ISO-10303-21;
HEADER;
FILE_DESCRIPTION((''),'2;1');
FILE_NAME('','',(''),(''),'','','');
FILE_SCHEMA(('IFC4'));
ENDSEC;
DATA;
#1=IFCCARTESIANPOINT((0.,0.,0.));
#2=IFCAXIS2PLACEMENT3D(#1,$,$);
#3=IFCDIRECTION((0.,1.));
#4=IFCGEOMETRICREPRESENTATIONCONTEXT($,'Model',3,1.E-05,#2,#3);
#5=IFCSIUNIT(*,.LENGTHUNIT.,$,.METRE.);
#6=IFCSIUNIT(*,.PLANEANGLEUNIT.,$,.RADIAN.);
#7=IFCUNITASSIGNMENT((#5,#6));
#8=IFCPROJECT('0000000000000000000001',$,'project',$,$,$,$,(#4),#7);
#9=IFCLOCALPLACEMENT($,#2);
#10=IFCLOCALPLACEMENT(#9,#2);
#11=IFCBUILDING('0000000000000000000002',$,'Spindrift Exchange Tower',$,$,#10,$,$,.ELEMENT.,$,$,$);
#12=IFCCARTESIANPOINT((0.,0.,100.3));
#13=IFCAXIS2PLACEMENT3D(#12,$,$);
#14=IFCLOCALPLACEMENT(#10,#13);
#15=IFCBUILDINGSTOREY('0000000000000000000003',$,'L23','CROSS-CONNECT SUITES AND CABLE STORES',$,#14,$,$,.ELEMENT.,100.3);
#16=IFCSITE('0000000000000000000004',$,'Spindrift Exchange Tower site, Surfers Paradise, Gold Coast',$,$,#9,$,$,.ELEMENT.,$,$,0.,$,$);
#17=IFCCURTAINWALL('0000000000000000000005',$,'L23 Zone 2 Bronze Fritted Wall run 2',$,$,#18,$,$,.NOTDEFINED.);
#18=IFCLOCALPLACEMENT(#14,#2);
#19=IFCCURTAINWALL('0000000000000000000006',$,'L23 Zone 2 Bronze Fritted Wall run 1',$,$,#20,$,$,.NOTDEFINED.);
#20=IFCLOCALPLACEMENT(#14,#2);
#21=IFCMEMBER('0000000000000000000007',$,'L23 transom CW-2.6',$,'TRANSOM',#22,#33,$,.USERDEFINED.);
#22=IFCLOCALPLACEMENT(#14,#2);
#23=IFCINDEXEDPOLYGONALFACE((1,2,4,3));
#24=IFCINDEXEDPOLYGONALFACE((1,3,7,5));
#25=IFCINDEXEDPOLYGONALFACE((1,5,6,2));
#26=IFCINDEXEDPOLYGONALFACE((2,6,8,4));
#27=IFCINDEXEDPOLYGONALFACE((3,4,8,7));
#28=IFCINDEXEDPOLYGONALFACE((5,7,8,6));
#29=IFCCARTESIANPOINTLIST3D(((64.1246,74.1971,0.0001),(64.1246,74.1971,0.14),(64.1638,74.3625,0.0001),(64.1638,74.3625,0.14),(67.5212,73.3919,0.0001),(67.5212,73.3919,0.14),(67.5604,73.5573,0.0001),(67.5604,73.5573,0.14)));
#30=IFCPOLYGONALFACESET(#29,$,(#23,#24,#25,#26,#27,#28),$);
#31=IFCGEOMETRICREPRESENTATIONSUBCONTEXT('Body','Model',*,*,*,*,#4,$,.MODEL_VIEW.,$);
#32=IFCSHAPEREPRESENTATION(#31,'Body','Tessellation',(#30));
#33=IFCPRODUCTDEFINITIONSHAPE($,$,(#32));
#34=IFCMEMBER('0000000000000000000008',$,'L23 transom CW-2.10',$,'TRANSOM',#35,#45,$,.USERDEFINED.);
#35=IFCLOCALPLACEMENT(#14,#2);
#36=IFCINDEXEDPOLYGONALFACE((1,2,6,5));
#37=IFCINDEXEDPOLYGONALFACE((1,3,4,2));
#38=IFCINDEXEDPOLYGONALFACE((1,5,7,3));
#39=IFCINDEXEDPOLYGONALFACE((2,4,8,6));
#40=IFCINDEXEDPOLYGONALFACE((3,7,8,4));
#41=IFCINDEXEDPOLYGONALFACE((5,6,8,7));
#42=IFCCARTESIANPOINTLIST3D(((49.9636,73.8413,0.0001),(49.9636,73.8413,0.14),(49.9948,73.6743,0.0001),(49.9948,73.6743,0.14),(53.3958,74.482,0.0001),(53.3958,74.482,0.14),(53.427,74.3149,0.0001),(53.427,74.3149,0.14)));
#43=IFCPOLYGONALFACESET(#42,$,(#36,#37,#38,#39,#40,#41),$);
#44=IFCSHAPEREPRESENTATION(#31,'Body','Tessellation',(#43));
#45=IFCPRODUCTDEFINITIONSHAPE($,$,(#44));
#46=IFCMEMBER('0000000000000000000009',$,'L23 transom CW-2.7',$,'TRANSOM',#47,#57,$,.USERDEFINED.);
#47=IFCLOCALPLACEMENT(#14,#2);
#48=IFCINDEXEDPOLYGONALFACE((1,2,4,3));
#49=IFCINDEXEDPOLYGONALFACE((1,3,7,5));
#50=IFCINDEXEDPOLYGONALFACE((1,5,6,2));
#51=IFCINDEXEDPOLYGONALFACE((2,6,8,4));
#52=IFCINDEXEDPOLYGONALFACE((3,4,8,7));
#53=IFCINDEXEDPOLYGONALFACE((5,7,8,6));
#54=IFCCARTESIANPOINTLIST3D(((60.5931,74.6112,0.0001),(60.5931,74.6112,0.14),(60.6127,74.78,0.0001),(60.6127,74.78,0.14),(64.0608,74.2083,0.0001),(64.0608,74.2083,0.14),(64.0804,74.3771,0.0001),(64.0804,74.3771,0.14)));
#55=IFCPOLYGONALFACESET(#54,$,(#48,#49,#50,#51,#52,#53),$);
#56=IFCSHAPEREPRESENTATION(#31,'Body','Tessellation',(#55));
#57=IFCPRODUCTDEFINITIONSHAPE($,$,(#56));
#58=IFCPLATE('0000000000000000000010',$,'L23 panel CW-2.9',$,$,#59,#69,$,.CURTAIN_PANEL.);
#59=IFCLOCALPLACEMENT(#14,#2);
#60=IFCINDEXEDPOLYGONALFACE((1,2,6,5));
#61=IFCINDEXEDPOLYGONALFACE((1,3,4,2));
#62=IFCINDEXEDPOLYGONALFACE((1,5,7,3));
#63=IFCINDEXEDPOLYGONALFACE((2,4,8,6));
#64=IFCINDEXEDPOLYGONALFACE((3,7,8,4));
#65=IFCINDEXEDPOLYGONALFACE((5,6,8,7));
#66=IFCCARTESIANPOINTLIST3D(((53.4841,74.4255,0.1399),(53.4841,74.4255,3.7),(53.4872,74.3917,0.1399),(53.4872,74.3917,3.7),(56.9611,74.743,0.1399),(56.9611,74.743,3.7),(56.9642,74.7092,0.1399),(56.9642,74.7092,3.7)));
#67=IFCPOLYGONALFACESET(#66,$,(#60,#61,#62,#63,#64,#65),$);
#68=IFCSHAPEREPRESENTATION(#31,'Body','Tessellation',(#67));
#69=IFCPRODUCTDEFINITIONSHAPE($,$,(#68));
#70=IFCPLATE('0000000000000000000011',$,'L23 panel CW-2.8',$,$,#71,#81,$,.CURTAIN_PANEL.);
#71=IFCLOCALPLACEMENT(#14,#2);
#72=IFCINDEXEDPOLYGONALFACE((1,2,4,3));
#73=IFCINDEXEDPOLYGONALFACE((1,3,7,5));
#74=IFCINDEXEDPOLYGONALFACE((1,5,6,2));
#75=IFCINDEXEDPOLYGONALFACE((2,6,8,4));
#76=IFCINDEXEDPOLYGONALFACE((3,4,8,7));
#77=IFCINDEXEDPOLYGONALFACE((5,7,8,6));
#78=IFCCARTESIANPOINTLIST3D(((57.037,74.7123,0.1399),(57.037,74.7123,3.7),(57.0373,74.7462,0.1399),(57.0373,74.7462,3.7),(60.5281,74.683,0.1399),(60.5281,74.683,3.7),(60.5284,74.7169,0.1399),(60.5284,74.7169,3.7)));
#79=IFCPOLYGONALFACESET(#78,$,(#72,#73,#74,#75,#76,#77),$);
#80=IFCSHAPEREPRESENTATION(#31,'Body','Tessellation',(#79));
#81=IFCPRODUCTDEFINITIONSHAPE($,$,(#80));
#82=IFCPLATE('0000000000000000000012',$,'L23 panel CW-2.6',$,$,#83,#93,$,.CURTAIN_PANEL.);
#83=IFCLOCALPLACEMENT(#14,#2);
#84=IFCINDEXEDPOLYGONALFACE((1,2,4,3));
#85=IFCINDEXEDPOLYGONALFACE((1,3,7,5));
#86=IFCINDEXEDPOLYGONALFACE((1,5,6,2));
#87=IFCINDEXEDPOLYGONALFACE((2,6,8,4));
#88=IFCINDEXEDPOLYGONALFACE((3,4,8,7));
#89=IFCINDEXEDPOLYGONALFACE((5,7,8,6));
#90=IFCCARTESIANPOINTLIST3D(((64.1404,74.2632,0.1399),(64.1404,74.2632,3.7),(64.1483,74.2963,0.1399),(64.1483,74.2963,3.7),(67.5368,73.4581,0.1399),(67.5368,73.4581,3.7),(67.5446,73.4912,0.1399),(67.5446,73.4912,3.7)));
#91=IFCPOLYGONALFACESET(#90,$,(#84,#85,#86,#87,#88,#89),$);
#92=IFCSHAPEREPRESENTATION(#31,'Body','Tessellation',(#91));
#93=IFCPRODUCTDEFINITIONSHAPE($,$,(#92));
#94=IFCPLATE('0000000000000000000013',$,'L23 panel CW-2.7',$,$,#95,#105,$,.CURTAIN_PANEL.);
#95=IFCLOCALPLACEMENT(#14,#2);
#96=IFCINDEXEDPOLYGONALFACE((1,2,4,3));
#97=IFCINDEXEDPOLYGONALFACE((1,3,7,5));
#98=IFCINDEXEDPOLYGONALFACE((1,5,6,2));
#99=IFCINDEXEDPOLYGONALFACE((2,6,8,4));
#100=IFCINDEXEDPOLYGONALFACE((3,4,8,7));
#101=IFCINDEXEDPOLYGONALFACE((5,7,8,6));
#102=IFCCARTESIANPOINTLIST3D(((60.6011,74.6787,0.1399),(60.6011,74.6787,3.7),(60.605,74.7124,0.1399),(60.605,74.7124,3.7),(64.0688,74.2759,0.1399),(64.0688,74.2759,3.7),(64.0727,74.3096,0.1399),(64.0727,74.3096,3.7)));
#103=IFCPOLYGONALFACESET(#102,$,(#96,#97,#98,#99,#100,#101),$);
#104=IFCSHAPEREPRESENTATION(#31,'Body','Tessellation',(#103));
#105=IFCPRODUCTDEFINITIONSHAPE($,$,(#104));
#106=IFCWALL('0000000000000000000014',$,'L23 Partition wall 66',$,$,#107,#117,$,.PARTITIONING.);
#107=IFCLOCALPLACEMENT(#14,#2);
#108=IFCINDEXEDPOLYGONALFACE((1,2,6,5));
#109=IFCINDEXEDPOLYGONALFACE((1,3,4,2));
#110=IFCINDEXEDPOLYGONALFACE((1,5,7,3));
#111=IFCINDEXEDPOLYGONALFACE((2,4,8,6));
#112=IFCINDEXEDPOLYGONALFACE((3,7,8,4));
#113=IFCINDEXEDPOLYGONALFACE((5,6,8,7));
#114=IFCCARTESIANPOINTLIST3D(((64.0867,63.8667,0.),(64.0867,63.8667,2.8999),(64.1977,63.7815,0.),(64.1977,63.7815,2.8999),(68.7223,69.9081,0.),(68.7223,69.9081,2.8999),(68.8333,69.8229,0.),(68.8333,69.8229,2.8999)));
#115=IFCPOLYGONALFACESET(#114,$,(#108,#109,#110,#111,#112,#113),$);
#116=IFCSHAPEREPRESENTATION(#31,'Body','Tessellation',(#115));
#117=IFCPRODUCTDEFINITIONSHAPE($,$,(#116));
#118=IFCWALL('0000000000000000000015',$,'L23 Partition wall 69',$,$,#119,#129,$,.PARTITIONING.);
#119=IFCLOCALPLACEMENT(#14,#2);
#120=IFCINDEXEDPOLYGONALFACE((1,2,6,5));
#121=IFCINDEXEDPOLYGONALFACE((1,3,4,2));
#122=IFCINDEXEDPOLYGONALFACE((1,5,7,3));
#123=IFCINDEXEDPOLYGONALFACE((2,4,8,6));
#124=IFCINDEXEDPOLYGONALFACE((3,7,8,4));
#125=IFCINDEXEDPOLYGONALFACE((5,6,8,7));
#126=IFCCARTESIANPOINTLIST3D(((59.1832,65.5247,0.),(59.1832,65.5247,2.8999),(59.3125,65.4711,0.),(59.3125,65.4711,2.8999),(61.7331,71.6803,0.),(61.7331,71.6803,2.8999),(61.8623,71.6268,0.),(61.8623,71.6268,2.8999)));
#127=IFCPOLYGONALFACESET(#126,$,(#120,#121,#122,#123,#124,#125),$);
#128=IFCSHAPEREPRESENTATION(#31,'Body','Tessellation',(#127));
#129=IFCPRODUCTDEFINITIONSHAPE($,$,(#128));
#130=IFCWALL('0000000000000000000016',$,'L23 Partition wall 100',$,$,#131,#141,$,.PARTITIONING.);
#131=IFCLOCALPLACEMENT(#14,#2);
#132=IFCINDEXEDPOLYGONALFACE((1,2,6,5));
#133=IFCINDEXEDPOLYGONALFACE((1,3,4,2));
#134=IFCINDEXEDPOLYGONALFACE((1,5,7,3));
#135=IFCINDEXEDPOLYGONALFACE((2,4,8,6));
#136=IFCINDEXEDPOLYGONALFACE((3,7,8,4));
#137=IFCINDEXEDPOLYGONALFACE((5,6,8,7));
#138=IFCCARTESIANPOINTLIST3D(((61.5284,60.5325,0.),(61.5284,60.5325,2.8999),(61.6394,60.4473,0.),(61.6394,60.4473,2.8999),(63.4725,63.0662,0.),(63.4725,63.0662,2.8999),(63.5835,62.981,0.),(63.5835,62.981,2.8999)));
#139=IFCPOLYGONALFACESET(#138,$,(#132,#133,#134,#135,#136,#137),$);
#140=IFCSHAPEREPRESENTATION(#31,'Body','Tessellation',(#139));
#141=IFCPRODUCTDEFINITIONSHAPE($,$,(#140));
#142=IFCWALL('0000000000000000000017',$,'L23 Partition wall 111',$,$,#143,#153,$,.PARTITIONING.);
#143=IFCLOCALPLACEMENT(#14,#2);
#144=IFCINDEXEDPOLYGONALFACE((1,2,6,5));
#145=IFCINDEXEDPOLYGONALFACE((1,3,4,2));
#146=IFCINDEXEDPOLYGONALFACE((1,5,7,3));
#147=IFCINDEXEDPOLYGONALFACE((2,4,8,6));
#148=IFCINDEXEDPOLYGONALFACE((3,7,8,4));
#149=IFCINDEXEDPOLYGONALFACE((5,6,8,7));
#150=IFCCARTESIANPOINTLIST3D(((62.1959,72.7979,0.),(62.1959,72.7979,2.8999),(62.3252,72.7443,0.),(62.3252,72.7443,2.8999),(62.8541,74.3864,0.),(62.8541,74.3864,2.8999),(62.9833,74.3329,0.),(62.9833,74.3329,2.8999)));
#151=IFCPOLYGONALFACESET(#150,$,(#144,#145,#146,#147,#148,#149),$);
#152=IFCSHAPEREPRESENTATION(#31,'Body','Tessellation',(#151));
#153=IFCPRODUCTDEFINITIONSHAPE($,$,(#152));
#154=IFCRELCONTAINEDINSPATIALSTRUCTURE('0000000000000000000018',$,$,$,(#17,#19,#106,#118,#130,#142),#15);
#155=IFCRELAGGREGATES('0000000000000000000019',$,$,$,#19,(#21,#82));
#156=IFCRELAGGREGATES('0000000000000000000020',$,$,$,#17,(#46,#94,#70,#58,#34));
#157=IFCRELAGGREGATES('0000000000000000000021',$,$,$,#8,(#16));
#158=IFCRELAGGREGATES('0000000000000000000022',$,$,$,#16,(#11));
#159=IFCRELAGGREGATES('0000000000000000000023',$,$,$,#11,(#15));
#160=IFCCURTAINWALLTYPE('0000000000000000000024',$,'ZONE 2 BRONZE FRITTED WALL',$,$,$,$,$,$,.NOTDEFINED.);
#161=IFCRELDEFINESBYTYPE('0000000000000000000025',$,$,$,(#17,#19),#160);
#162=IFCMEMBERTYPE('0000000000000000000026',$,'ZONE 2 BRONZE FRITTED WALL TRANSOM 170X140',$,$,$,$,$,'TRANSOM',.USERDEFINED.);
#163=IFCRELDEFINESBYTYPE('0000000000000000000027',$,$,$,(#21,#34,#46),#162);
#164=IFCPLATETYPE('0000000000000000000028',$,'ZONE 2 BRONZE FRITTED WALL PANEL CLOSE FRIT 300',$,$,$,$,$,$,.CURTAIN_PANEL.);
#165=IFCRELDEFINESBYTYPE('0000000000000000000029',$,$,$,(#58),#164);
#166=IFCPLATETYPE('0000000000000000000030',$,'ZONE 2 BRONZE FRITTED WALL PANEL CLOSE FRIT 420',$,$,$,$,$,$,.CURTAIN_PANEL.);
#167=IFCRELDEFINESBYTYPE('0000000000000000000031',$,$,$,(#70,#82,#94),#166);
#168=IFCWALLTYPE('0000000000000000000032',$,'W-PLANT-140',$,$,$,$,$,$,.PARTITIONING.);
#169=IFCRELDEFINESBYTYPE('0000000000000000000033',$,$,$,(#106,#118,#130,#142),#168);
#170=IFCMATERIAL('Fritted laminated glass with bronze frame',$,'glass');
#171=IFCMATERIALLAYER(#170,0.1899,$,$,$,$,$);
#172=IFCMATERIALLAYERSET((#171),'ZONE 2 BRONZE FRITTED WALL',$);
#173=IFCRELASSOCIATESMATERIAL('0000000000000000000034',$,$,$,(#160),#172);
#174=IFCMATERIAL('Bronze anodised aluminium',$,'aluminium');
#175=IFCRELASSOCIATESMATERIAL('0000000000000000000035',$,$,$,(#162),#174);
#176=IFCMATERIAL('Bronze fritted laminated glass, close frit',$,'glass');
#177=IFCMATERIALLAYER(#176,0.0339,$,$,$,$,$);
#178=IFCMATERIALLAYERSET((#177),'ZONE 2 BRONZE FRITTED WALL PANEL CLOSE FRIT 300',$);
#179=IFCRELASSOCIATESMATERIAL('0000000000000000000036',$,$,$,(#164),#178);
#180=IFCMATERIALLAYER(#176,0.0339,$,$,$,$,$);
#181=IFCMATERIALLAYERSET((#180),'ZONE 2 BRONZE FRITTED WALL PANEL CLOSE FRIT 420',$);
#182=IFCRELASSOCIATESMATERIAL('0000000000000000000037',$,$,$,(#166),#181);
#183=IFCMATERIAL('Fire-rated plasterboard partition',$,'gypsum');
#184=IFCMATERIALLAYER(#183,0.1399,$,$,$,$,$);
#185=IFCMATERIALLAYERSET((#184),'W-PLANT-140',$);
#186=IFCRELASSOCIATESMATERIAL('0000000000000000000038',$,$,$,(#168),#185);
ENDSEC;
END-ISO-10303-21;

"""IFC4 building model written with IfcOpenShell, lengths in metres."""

from ifc_helpers import new_model, si_unit, direction, frame, frame_2d, origin, origin_2d, place, context, subcontext, project, spatial, rectangle, extrude, source, transform, mapped, material, layer, layer_set, material_profile, profile_set, type_object, element, aggregate, save


model = new_model("IFC4")

# Units and contexts
model_context = context("Model", 3, precision=1e-05, world=origin(), true_north=direction((0.0, 1.0)))
body_context = subcontext(model_context, "Body", "Model", "MODEL_VIEW")
ifc_project = project(units=[si_unit("LENGTHUNIT", "METRE"), si_unit("PLANEANGLEUNIT", "RADIAN")], contexts=[model_context])

# Site, building, storey
site_placement = place(None, origin())
site = spatial("IfcSite", under=ifc_project, at=site_placement, Name="Spindrift Exchange Tower site, Surfers Paradise, Gold Coast", CompositionType="ELEMENT", RefElevation=0.0)
building_placement = place(site_placement, origin())
building = spatial("IfcBuilding", under=site, at=building_placement, Name="Spindrift Exchange Tower", CompositionType="ELEMENT")
storey_placement = place(building_placement, frame((0.0, 0.0, 100.3)))
storey = spatial("IfcBuildingStorey", under=building, at=storey_placement, Name="L23", Description="CROSS-CONNECT SUITES AND CABLE STORES", CompositionType="ELEMENT", Elevation=100.3)

# Curtain wall
ifc_material_1 = material(Name="Fritted laminated glass with bronze frame", Category="glass")
ifc_layer_1 = layer(ifc_material_1, 0.1899)
ifc_layer_set_1 = layer_set([ifc_layer_1], Name="ZONE 2 BRONZE FRITTED WALL")
curtain_wall_type = type_object("IfcCurtainWallType", Name="ZONE 2 BRONZE FRITTED WALL", PredefinedType="NOTDEFINED", material=ifc_layer_set_1)
curtain_wall_1_placement = place(storey_placement, origin())
curtain_wall_1 = element("IfcCurtainWall", 1, at=curtain_wall_1_placement, inside=storey, type_object=curtain_wall_type, Name="L23 Zone 2 Bronze Fritted Wall run 2", PredefinedType="NOTDEFINED")
ifc_material_2 = material(Name="Bronze anodised aluminium", Category="aluminium")
ifc_material_profile_1 = material_profile(ifc_material_2, rectangle(XDim=0.1699, YDim=0.1399, at=origin_2d()), Name="ZONE 2 BRONZE FRITTED WALL TRANSOM 170X140")
ifc_profile_set_1 = profile_set([ifc_material_profile_1], Name="Bronze anodised aluminium")
member_type_1 = type_object("IfcMemberType", Name="ZONE 2 BRONZE FRITTED WALL TRANSOM 170X140", ElementType="TRANSOM", PredefinedType="USERDEFINED", material=ifc_profile_set_1)

# Curtain wall, member
curtain_wall_2_placement = place(storey_placement, origin())
curtain_wall_2 = element("IfcCurtainWall", 2, at=curtain_wall_2_placement, inside=storey, type_object=curtain_wall_type, Name="L23 Zone 2 Bronze Fritted Wall run 1", PredefinedType="NOTDEFINED")
shared_shape_1 = source(origin(), body_context, "Body", "SweptSolid", [
    extrude(rectangle(XDim=0.1699, YDim=0.1399, at=origin_2d()), origin(), (0.0, 0.0, 1.0), 3.4907),
])
member_1_placement = place(storey_placement, frame((67.5408, 73.4746, 0.0701), z_axis=(-0.973032, 0.230669, 0.0), x_axis=(-0.230669, -0.973032, 0.0)))
member_1 = element("IfcMember", 3, at=member_1_placement, type_object=member_type_1, Name="L23 transom CW-2.6", ObjectType="TRANSOM", PredefinedType="USERDEFINED", context=body_context, shape_type="MappedRepresentation", body=[
    mapped(shared_shape_1, transform((0.0, 0.0, 0.0), scale=1.0)),
])

# Members
shared_shape_2 = source(origin(), body_context, "Body", "SweptSolid", [
    extrude(rectangle(XDim=0.1699, YDim=0.1399, at=origin_2d()), origin(), (0.0, 0.0, 1.0), 3.4915),
])
member_2_placement = place(storey_placement, frame((53.4114, 74.3984, 0.0701), z_axis=(-0.983022, -0.183486, 0.0), x_axis=(0.183486, -0.983022, 0.0)))
member_2 = element("IfcMember", 4, at=member_2_placement, type_object=member_type_1, Name="L23 transom CW-2.10", ObjectType="TRANSOM", PredefinedType="USERDEFINED", context=body_context, shape_type="MappedRepresentation", body=[
    mapped(shared_shape_2, transform((0.0, 0.0, 0.0), scale=1.0)),
])
shared_shape_3 = source(origin(), body_context, "Body", "SweptSolid", [
    extrude(rectangle(XDim=0.1699, YDim=0.1399, at=origin_2d()), origin(), (0.0, 0.0, 1.0), 3.491),
])
member_3_placement = place(storey_placement, frame((64.0706, 74.2927, 0.0701), z_axis=(-0.99332, 0.115397, 0.0), x_axis=(-0.115397, -0.99332, 0.0)))
member_3 = element("IfcMember", 5, at=member_3_placement, type_object=member_type_1, Name="L23 transom CW-2.7", ObjectType="TRANSOM", PredefinedType="USERDEFINED", context=body_context, shape_type="MappedRepresentation", body=[
    mapped(shared_shape_3, transform((0.0, 0.0, 0.0), scale=1.0)),
])

# Plates
ifc_material_3 = material(Name="Bronze fritted laminated glass, close frit", Category="glass")
ifc_layer_2 = layer(ifc_material_3, 0.0339)
ifc_layer_set_2 = layer_set([ifc_layer_2], Name="ZONE 2 BRONZE FRITTED WALL PANEL CLOSE FRIT 300")
plate_type_1 = type_object("IfcPlateType", Name="ZONE 2 BRONZE FRITTED WALL PANEL CLOSE FRIT 300", PredefinedType="CURTAIN_PANEL", material=ifc_layer_set_2)
shared_shape_4 = source(origin(), body_context, "Body", "SweptSolid", [
    extrude(rectangle(XDim=3.4915, YDim=0.0339, at=origin_2d()), origin(), (0.0, 0.0, 1.0), 3.5601),
])
plate_1_placement = place(storey_placement, frame((55.2241, 74.5674, 0.1399), z_axis=(0.0, 0.0, 1.0), x_axis=(-0.995857, -0.090933, 0.0)))
plate_1 = element("IfcPlate", 6, at=plate_1_placement, type_object=plate_type_1, Name="L23 panel CW-2.9", PredefinedType="CURTAIN_PANEL", context=body_context, shape_type="MappedRepresentation", body=[
    mapped(shared_shape_4, transform((0.0, 0.0, 0.0), scale=1.0)),
])
ifc_layer_3 = layer(ifc_material_3, 0.0339)
ifc_layer_set_3 = layer_set([ifc_layer_3], Name="ZONE 2 BRONZE FRITTED WALL PANEL CLOSE FRIT 420")
plate_type_2 = type_object("IfcPlateType", Name="ZONE 2 BRONZE FRITTED WALL PANEL CLOSE FRIT 420", PredefinedType="CURTAIN_PANEL", material=ifc_layer_set_3)
shared_shape_5 = source(origin(), body_context, "Body", "SweptSolid", [
    extrude(rectangle(XDim=3.4912, YDim=0.0339, at=origin_2d()), origin(), (0.0, 0.0, 1.0), 3.5601),
])
plate_2_placement = place(storey_placement, frame((58.7827, 74.7146, 0.1399), z_axis=(0.0, 0.0, 1.0), x_axis=(-0.999965, 0.008384, 0.0)))
plate_2 = element("IfcPlate", 7, at=plate_2_placement, type_object=plate_type_2, Name="L23 panel CW-2.8", PredefinedType="CURTAIN_PANEL", context=body_context, shape_type="MappedRepresentation", body=[
    mapped(shared_shape_5, transform((0.0, 0.0, 0.0), scale=1.0)),
])
shared_shape_6 = source(origin(), body_context, "Body", "SweptSolid", [
    extrude(rectangle(XDim=3.4905, YDim=0.0339, at=origin_2d()), origin(), (0.0, 0.0, 1.0), 3.5601),
])
plate_3_placement = place(storey_placement, frame((65.8425, 73.8772, 0.1399), z_axis=(0.0, 0.0, 1.0), x_axis=(-0.973036, 0.230653, 0.0)))
plate_3 = element("IfcPlate", 8, at=plate_3_placement, type_object=plate_type_2, Name="L23 panel CW-2.6", PredefinedType="CURTAIN_PANEL", context=body_context, shape_type="MappedRepresentation", body=[
    mapped(shared_shape_6, transform((0.0, 0.0, 0.0), scale=1.0)),
])
aggregate(curtain_wall_2, [member_1, plate_3])
shared_shape_7 = source(origin(), body_context, "Body", "SweptSolid", [
    extrude(rectangle(XDim=3.491, YDim=0.0339, at=origin_2d()), origin(), (0.0, 0.0, 1.0), 3.5601),
])
plate_4_placement = place(storey_placement, frame((62.3369, 74.4941, 0.1399), z_axis=(0.0, 0.0, 1.0), x_axis=(-0.993323, 0.115371, 0.0)))
plate_4 = element("IfcPlate", 9, at=plate_4_placement, type_object=plate_type_2, Name="L23 panel CW-2.7", PredefinedType="CURTAIN_PANEL", context=body_context, shape_type="MappedRepresentation", body=[
    mapped(shared_shape_7, transform((0.0, 0.0, 0.0), scale=1.0)),
])
aggregate(curtain_wall_1, [member_3, plate_4, plate_2, plate_1, member_2])

# Walls
ifc_material_4 = material(Name="Fire-rated plasterboard partition", Category="gypsum")
ifc_layer_4 = layer(ifc_material_4, 0.1399)
ifc_layer_set_4 = layer_set([ifc_layer_4], Name="W-PLANT-140")
wall_type = type_object("IfcWallType", Name="W-PLANT-140", PredefinedType="PARTITIONING", material=ifc_layer_set_4)
wall_1_placement = place(storey_placement, frame((64.1421, 63.824, 0.0), z_axis=(0.0, 0.0, 1.0), x_axis=(0.608756, 0.793358, 0.0)))
element("IfcWall", 10, at=wall_1_placement, inside=storey, type_object=wall_type, Name="L23 Partition wall 66", PredefinedType="PARTITIONING", context=body_context, shape_type="SweptSolid", body=[
    extrude(rectangle(XDim=7.615, YDim=0.1399, at=frame_2d((3.8076, 0.0))), origin(), (0.0, 0.0, 1.0), 2.8999),
])
wall_2_placement = place(storey_placement, frame((59.2478, 65.4978, 0.0), z_axis=(0.0, 0.0, 1.0), x_axis=(0.382697, 0.923874, 0.0)))
element("IfcWall", 11, at=wall_2_placement, inside=storey, type_object=wall_type, Name="L23 Partition wall 69", PredefinedType="PARTITIONING", context=body_context, shape_type="SweptSolid", body=[
    extrude(rectangle(XDim=6.6628, YDim=0.1399, at=frame_2d((3.3315, 0.0))), origin(), (0.0, 0.0, 1.0), 2.8999),
])
wall_3_placement = place(storey_placement, frame((61.584, 60.49, 0.0), z_axis=(0.0, 0.0, 1.0), x_axis=(0.608746, 0.793365, 0.0)))
element("IfcWall", 12, at=wall_3_placement, inside=storey, type_object=wall_type, Name="L23 Partition wall 100", PredefinedType="PARTITIONING", context=body_context, shape_type="SweptSolid", body=[
    extrude(rectangle(XDim=3.1936, YDim=0.1399, at=frame_2d((1.5967, 0.0))), origin(), (0.0, 0.0, 1.0), 2.8999),
])
wall_4_placement = place(storey_placement, frame((62.2605, 72.771, 0.0), z_axis=(0.0, 0.0, 1.0), x_axis=(0.38277, 0.923844, 0.0)))
element("IfcWall", 13, at=wall_4_placement, inside=storey, type_object=wall_type, Name="L23 Partition wall 111", PredefinedType="PARTITIONING", context=body_context, shape_type="SweptSolid", body=[
    extrude(rectangle(XDim=1.7195, YDim=0.1399, at=frame_2d((0.8599, 0.0))), origin(), (0.0, 0.0, 1.0), 2.8999),
])

save(model, "model.ifc")
